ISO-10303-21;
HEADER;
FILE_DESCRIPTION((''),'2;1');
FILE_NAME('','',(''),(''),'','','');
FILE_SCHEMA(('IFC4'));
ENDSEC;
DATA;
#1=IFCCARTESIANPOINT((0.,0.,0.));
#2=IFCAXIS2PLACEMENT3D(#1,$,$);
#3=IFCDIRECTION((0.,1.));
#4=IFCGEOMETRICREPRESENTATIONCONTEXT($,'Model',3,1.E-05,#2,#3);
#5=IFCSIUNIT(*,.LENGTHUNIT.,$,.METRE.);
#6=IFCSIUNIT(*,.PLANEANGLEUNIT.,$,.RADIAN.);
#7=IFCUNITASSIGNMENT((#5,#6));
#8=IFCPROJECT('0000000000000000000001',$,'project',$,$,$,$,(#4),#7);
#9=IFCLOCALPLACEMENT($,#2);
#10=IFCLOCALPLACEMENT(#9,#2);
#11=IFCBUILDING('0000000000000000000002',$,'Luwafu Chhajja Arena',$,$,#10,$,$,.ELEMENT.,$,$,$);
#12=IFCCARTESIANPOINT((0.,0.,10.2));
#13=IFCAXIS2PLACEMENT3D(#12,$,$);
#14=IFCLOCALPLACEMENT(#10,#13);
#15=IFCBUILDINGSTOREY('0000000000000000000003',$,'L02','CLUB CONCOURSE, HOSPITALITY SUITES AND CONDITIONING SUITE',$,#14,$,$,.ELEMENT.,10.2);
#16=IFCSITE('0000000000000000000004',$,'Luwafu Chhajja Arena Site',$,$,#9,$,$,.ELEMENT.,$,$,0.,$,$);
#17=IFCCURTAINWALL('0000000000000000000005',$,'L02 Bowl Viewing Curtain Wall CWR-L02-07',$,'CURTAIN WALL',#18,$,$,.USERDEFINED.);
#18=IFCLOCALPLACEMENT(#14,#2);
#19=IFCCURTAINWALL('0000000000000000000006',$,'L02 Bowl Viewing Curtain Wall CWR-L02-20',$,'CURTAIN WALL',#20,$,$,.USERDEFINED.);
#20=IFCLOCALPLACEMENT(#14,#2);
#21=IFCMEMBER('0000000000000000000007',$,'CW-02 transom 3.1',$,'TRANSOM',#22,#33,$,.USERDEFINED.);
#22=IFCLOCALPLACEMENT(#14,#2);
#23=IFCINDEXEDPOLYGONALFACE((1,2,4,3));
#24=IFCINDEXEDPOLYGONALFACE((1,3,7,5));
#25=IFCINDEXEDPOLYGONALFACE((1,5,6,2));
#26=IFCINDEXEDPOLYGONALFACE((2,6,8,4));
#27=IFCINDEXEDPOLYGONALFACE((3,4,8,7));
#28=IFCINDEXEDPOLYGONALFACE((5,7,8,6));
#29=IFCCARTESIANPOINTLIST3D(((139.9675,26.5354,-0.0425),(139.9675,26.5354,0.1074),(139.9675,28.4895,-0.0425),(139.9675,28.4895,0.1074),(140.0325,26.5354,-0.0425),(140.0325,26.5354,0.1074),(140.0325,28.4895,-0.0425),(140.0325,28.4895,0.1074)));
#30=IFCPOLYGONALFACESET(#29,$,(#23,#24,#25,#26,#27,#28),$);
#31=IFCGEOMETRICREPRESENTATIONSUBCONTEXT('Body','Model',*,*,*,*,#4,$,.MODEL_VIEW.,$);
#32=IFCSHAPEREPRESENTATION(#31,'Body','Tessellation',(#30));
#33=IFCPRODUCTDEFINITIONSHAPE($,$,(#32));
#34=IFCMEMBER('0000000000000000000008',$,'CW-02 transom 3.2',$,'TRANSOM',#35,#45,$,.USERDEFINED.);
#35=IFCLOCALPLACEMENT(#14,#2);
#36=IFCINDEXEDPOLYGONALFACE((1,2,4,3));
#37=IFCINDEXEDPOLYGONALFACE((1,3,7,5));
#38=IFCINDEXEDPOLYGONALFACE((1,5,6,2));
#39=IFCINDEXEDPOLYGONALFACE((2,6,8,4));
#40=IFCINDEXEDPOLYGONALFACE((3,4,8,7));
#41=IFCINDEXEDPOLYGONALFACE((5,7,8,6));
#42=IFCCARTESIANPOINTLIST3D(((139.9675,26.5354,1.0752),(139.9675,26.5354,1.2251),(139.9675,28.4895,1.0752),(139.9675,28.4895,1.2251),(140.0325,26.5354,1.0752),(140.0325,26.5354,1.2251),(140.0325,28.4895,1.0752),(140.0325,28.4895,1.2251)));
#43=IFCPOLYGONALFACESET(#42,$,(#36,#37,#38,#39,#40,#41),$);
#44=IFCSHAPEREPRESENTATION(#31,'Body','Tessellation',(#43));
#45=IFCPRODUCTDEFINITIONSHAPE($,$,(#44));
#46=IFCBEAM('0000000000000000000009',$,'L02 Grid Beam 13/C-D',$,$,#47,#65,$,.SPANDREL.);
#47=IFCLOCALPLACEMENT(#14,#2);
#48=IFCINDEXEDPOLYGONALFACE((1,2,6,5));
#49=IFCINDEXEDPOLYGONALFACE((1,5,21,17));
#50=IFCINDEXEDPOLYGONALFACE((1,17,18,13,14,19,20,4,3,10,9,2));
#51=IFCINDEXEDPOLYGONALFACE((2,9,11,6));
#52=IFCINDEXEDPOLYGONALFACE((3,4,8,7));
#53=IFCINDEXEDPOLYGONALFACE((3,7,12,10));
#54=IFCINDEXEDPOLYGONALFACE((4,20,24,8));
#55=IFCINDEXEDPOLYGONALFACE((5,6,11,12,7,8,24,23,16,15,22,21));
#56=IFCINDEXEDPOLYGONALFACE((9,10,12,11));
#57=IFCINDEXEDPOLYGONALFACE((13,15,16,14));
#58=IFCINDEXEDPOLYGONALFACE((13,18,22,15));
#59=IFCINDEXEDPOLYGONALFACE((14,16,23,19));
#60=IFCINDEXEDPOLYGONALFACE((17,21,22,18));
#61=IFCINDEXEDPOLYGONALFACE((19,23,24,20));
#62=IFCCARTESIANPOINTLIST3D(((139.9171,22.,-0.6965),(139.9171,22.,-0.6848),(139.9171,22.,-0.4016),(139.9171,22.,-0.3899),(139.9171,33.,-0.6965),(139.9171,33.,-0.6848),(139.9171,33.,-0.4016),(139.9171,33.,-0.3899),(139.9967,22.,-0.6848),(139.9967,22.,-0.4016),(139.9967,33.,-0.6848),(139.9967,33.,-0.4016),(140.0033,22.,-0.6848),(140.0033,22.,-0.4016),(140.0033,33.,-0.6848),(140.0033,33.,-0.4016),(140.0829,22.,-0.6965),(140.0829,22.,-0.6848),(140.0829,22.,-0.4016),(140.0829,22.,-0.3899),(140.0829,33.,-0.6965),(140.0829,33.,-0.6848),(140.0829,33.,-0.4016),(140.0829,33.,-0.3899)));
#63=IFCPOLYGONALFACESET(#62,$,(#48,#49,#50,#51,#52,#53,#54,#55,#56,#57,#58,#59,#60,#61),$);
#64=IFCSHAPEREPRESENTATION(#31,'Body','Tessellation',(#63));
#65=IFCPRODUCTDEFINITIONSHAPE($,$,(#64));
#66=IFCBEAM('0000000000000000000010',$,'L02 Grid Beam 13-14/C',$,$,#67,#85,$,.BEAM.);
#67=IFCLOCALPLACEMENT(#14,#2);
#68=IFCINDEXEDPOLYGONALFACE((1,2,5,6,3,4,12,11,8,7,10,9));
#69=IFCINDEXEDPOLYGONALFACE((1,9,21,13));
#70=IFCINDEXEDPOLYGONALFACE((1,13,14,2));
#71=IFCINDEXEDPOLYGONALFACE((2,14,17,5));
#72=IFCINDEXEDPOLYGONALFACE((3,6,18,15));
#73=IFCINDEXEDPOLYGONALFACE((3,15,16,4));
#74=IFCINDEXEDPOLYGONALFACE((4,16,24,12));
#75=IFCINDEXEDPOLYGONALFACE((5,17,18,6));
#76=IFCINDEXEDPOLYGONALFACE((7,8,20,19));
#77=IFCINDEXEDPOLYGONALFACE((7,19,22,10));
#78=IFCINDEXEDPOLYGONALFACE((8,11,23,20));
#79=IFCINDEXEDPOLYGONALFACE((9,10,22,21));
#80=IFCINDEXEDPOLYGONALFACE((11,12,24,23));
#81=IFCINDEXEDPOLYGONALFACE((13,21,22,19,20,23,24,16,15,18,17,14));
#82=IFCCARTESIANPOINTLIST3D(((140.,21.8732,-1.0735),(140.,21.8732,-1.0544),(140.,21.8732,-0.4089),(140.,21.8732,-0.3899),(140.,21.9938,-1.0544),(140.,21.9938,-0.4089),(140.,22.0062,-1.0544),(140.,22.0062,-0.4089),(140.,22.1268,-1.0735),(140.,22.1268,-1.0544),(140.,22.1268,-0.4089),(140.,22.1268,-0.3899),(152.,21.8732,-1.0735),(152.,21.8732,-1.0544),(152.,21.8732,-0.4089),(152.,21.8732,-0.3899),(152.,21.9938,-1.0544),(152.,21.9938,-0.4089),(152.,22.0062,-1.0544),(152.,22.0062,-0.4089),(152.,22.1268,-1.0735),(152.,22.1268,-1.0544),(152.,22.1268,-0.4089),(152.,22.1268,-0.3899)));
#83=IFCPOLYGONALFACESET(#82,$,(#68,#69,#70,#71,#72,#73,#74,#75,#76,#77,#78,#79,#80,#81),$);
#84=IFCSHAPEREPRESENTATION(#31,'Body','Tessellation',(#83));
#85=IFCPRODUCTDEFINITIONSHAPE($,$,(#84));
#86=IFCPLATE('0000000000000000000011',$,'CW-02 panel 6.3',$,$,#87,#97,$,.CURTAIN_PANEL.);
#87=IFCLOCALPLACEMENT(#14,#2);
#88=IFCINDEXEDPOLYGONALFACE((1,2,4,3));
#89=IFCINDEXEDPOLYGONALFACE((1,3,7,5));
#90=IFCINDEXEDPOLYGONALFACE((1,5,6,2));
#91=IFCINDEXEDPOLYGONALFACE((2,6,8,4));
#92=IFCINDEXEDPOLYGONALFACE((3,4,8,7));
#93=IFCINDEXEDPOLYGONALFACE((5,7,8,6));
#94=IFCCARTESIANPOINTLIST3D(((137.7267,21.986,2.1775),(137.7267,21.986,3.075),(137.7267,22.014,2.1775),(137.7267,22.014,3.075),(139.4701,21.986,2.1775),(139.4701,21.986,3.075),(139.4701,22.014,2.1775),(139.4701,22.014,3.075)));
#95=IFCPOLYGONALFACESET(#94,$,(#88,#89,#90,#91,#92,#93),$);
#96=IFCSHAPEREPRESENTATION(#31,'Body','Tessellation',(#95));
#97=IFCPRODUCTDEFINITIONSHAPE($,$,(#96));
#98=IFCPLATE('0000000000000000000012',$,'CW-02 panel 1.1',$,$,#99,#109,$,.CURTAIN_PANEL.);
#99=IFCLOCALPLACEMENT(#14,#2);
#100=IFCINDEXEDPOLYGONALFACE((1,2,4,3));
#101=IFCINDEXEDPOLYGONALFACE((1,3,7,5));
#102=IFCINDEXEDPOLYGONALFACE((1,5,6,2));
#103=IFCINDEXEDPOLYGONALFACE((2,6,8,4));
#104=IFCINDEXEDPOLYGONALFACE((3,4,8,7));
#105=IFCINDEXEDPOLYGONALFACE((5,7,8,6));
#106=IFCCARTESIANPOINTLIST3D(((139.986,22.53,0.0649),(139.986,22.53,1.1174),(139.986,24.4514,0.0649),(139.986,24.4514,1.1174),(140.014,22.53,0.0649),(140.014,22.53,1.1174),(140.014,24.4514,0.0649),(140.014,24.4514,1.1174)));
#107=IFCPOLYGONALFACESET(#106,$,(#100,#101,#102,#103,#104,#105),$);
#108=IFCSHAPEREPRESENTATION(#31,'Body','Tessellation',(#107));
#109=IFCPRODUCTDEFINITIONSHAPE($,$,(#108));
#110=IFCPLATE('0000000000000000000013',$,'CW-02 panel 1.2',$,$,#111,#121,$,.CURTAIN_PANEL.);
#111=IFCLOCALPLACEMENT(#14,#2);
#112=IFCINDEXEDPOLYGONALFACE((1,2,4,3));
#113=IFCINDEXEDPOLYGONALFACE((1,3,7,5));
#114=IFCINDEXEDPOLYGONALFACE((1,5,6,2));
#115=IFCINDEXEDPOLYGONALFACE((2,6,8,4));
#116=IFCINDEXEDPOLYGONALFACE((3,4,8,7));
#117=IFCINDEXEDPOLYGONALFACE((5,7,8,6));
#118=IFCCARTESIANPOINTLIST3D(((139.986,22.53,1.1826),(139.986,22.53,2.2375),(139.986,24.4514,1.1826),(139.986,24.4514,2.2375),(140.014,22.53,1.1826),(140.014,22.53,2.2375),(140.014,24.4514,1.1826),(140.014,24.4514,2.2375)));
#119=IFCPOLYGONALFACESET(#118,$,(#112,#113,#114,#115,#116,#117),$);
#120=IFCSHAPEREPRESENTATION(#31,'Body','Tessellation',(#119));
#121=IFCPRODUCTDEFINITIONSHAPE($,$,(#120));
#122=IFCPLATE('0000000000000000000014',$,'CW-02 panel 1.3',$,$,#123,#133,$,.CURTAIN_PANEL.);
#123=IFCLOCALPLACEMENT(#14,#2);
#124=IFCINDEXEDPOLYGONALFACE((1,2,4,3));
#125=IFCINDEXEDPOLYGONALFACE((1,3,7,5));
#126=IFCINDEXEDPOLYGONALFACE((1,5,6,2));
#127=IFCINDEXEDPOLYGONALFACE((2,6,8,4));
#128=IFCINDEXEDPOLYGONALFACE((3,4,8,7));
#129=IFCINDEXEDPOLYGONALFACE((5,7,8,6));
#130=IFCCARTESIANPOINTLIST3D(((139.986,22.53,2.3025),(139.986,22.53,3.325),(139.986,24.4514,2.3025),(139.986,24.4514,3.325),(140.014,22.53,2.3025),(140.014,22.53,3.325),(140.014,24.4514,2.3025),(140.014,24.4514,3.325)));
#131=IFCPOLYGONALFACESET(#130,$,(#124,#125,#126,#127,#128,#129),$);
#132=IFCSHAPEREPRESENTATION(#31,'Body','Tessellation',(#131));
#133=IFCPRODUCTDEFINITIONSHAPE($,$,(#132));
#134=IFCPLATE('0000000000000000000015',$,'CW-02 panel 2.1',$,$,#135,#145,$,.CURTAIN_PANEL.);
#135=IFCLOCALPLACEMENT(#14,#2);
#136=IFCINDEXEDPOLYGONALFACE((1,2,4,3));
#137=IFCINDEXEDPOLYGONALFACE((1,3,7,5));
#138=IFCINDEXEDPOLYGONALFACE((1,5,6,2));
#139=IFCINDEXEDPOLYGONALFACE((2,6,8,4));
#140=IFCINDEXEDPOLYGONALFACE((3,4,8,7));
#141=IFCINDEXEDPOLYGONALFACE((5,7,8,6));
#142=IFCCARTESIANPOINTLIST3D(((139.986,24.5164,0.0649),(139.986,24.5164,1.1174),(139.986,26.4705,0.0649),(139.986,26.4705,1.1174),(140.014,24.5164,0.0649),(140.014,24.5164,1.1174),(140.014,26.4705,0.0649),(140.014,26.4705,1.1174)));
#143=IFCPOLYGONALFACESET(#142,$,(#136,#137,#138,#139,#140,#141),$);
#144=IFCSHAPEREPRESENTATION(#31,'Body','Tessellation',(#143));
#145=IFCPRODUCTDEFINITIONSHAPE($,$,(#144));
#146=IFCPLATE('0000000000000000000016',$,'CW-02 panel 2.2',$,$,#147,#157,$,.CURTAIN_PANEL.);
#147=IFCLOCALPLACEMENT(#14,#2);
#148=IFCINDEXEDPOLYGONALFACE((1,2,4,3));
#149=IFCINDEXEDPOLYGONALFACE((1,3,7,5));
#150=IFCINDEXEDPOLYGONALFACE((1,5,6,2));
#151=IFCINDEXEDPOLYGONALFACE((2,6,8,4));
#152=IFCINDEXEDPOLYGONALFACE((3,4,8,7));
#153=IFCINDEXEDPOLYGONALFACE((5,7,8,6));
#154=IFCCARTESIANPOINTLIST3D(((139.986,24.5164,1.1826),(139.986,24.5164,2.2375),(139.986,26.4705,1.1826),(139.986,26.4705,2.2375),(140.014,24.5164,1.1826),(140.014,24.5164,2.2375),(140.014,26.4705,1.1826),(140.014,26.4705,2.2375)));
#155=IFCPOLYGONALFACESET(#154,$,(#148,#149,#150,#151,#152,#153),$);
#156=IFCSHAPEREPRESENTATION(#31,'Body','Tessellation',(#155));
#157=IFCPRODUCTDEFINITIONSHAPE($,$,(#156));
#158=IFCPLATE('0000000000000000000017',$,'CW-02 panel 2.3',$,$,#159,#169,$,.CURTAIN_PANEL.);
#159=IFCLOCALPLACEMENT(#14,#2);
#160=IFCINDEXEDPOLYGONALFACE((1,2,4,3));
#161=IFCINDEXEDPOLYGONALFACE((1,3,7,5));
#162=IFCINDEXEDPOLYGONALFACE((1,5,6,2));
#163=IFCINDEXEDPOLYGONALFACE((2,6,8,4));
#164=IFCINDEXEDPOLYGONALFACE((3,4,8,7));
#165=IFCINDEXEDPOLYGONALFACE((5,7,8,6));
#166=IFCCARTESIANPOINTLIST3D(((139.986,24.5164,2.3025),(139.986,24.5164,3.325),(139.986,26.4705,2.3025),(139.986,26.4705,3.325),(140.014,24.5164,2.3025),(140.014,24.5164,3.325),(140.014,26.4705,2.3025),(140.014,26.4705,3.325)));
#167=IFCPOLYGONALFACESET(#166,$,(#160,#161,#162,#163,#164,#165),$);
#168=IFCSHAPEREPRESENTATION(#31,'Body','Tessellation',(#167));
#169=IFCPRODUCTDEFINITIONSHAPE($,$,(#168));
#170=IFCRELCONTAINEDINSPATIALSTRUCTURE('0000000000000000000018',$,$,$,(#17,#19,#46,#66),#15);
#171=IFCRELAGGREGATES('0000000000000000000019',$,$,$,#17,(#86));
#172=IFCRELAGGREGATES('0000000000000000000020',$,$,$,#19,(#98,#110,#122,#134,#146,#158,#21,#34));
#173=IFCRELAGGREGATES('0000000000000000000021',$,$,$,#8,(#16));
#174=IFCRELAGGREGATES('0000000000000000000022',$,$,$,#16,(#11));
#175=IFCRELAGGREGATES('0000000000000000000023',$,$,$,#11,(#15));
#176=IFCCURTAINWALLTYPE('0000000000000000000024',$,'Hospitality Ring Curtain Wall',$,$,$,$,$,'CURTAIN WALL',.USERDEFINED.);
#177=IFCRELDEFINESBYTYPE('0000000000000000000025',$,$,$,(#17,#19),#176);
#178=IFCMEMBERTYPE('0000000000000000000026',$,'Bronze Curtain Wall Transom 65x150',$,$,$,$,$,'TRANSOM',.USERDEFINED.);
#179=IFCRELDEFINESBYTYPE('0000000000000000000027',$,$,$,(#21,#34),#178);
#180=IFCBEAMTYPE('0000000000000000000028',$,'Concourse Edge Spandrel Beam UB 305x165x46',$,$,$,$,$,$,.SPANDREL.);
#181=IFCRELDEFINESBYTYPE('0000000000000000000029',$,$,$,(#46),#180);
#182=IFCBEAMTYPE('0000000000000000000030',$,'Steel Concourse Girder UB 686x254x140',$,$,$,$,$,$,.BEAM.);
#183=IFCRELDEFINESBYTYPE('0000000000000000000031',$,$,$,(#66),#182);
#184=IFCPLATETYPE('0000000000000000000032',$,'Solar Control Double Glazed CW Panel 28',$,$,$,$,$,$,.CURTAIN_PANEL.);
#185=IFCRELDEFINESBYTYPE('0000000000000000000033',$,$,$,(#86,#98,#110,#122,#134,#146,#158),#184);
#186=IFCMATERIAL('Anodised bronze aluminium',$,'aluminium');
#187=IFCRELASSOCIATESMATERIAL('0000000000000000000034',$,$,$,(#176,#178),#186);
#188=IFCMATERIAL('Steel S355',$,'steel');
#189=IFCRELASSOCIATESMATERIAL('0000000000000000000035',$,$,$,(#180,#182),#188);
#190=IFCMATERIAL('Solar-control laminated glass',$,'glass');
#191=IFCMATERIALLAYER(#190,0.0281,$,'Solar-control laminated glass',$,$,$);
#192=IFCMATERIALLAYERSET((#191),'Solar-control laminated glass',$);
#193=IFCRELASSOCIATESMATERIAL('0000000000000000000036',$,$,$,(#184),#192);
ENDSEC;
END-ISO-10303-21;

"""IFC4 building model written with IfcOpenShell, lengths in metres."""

from ifc_helpers import new_model, si_unit, direction, frame, origin, origin_2d, place, context, subcontext, project, spatial, rectangle, i_section, extrude, material, layer, layer_set, material_profile, profile_set, type_object, element, aggregate, save


model = new_model("IFC4")

# Units and contexts
model_context = context("Model", 3, precision=1e-05, world=origin(), true_north=direction((0.0, 1.0)))
body_context = subcontext(model_context, "Body", "Model", "MODEL_VIEW")
ifc_project = project(units=[si_unit("LENGTHUNIT", "METRE"), si_unit("PLANEANGLEUNIT", "RADIAN")], contexts=[model_context])

# Site, building, storey
site_placement = place(None, origin())
site = spatial("IfcSite", under=ifc_project, at=site_placement, Name="Luwafu Chhajja Arena Site", CompositionType="ELEMENT", RefElevation=0.0)
building_placement = place(site_placement, origin())
building = spatial("IfcBuilding", under=site, at=building_placement, Name="Luwafu Chhajja Arena", CompositionType="ELEMENT")
storey_placement = place(building_placement, frame((0.0, 0.0, 10.2)))
storey = spatial("IfcBuildingStorey", under=building, at=storey_placement, Name="L02", Description="CLUB CONCOURSE, HOSPITALITY SUITES AND CONDITIONING SUITE", CompositionType="ELEMENT", Elevation=10.2)

# Shared definitions
ifc_material_1 = material(Name="Steel S355", Category="steel")

# Curtain wall
ifc_material_2 = material(Name="Anodised bronze aluminium", Category="aluminium")
curtain_wall_type = type_object("IfcCurtainWallType", Name="Hospitality Ring Curtain Wall", ElementType="CURTAIN WALL", PredefinedType="USERDEFINED", material=ifc_material_2)
curtain_wall_1_placement = place(storey_placement, origin())
curtain_wall_1 = element("IfcCurtainWall", 1, at=curtain_wall_1_placement, inside=storey, type_object=curtain_wall_type, Name="L02 Bowl Viewing Curtain Wall CWR-L02-07", ObjectType="CURTAIN WALL", PredefinedType="USERDEFINED")

# Curtain wall, members
curtain_wall_2_placement = place(storey_placement, origin())
curtain_wall_2 = element("IfcCurtainWall", 2, at=curtain_wall_2_placement, inside=storey, type_object=curtain_wall_type, Name="L02 Bowl Viewing Curtain Wall CWR-L02-20", ObjectType="CURTAIN WALL", PredefinedType="USERDEFINED")
ifc_material_profile_1 = material_profile(ifc_material_2, rectangle(XDim=0.0649, YDim=0.1499, at=origin_2d()), Name="CWT 65x150")
ifc_profile_set_1 = profile_set([ifc_material_profile_1], Name="Anodised bronze aluminium")
member_type_1 = type_object("IfcMemberType", Name="Bronze Curtain Wall Transom 65x150", ElementType="TRANSOM", PredefinedType="USERDEFINED", material=ifc_profile_set_1)
member_1_placement = place(storey_placement, frame((140.0, 26.5354, 0.0325), z_axis=(0.0, 1.0, 0.0), x_axis=(-1.0, 0.0, 0.0)))
member_1 = element("IfcMember", 3, at=member_1_placement, type_object=member_type_1, Name="CW-02 transom 3.1", ObjectType="TRANSOM", PredefinedType="USERDEFINED", context=body_context, shape_type="SweptSolid", body=[
    extrude(rectangle(XDim=0.0649, YDim=0.1499, at=origin_2d()), origin(), (0.0, 0.0, 1.0), 1.9541),
])
member_2_placement = place(storey_placement, frame((140.0, 26.5354, 1.1501), z_axis=(0.0, 1.0, 0.0), x_axis=(-1.0, 0.0, 0.0)))
member_2 = element("IfcMember", 4, at=member_2_placement, type_object=member_type_1, Name="CW-02 transom 3.2", ObjectType="TRANSOM", PredefinedType="USERDEFINED", context=body_context, shape_type="SweptSolid", body=[
    extrude(rectangle(XDim=0.0649, YDim=0.1499, at=origin_2d()), origin(), (0.0, 0.0, 1.0), 1.9541),
])

# Beams
ifc_material_profile_2 = material_profile(ifc_material_1, i_section(OverallWidth=0.1658, OverallDepth=0.3066, WebThickness=0.0066, FlangeThickness=0.0117, at=origin_2d()), Name="UB 305x165x46")
ifc_profile_set_2 = profile_set([ifc_material_profile_2], Name="Steel S355")
beam_type_1 = type_object("IfcBeamType", Name="Concourse Edge Spandrel Beam UB 305x165x46", PredefinedType="SPANDREL", material=ifc_profile_set_2)
beam_1_placement = place(storey_placement, frame((140.0, 22.0, -0.5432), z_axis=(0.0, 1.0, 0.0), x_axis=(-1.0, 0.0, 0.0)))
element("IfcBeam", 5, at=beam_1_placement, inside=storey, type_object=beam_type_1, Name="L02 Grid Beam 13/C-D", PredefinedType="SPANDREL", context=body_context, shape_type="SweptSolid", body=[
    extrude(i_section(OverallWidth=0.1658, OverallDepth=0.3066, WebThickness=0.0066, FlangeThickness=0.0117, at=origin_2d()), origin(), (0.0, 0.0, 1.0), 11.0),
])
ifc_material_profile_3 = material_profile(ifc_material_1, i_section(OverallWidth=0.2537, OverallDepth=0.6836, WebThickness=0.0125, FlangeThickness=0.019, at=origin_2d()), Name="UB 686x254x140")
ifc_profile_set_3 = profile_set([ifc_material_profile_3], Name="Steel S355")
beam_type_2 = type_object("IfcBeamType", Name="Steel Concourse Girder UB 686x254x140", PredefinedType="BEAM", material=ifc_profile_set_3)
beam_2_placement = place(storey_placement, frame((140.0, 22.0, -0.7317), z_axis=(1.0, 0.0, 0.0), x_axis=(0.0, 1.0, 0.0)))
element("IfcBeam", 6, at=beam_2_placement, inside=storey, type_object=beam_type_2, Name="L02 Grid Beam 13-14/C", PredefinedType="BEAM", context=body_context, shape_type="SweptSolid", body=[
    extrude(i_section(OverallWidth=0.2537, OverallDepth=0.6836, WebThickness=0.0125, FlangeThickness=0.019, at=origin_2d()), origin(), (0.0, 0.0, 1.0), 12.0),
])

# Plates
ifc_material_3 = material(Name="Solar-control laminated glass", Category="glass")
ifc_layer = layer(ifc_material_3, 0.0281, Name="Solar-control laminated glass")
ifc_layer_set = layer_set([ifc_layer], Name="Solar-control laminated glass")
plate_type = type_object("IfcPlateType", Name="Solar Control Double Glazed CW Panel 28", PredefinedType="CURTAIN_PANEL", material=ifc_layer_set)
plate_1_placement = place(storey_placement, frame((138.5984, 22.0, 2.1775), z_axis=(0.0, 0.0, 1.0), x_axis=(1.0, 0.0, 0.0)))
plate_1 = element("IfcPlate", 7, at=plate_1_placement, type_object=plate_type, Name="CW-02 panel 6.3", PredefinedType="CURTAIN_PANEL", context=body_context, shape_type="SweptSolid", body=[
    extrude(rectangle(XDim=1.7434, YDim=0.0281, at=origin_2d()), origin(), (0.0, 0.0, 1.0), 0.8975),
])
aggregate(curtain_wall_1, [plate_1])
plate_2_placement = place(storey_placement, frame((140.0, 23.4907, 0.0649), z_axis=(0.0, 0.0, 1.0), x_axis=(0.0, 1.0, 0.0)))
plate_2 = element("IfcPlate", 8, at=plate_2_placement, type_object=plate_type, Name="CW-02 panel 1.1", PredefinedType="CURTAIN_PANEL", context=body_context, shape_type="SweptSolid", body=[
    extrude(rectangle(XDim=1.9214, YDim=0.0281, at=origin_2d()), origin(), (0.0, 0.0, 1.0), 1.0525),
])
plate_3_placement = place(storey_placement, frame((140.0, 23.4907, 1.1826), z_axis=(0.0, 0.0, 1.0), x_axis=(0.0, 1.0, 0.0)))
plate_3 = element("IfcPlate", 9, at=plate_3_placement, type_object=plate_type, Name="CW-02 panel 1.2", PredefinedType="CURTAIN_PANEL", context=body_context, shape_type="SweptSolid", body=[
    extrude(rectangle(XDim=1.9214, YDim=0.0281, at=origin_2d()), origin(), (0.0, 0.0, 1.0), 1.0549),
])
plate_4_placement = place(storey_placement, frame((140.0, 23.4907, 2.3025), z_axis=(0.0, 0.0, 1.0), x_axis=(0.0, 1.0, 0.0)))
plate_4 = element("IfcPlate", 10, at=plate_4_placement, type_object=plate_type, Name="CW-02 panel 1.3", PredefinedType="CURTAIN_PANEL", context=body_context, shape_type="SweptSolid", body=[
    extrude(rectangle(XDim=1.9214, YDim=0.0281, at=origin_2d()), origin(), (0.0, 0.0, 1.0), 1.0225),
])
plate_5_placement = place(storey_placement, frame((140.0, 25.4934, 0.0649), z_axis=(0.0, 0.0, 1.0), x_axis=(0.0, 1.0, 0.0)))
plate_5 = element("IfcPlate", 11, at=plate_5_placement, type_object=plate_type, Name="CW-02 panel 2.1", PredefinedType="CURTAIN_PANEL", context=body_context, shape_type="SweptSolid", body=[
    extrude(rectangle(XDim=1.9541, YDim=0.0281, at=origin_2d()), origin(), (0.0, 0.0, 1.0), 1.0525),
])
plate_6_placement = place(storey_placement, frame((140.0, 25.4934, 1.1826), z_axis=(0.0, 0.0, 1.0), x_axis=(0.0, 1.0, 0.0)))
plate_6 = element("IfcPlate", 12, at=plate_6_placement, type_object=plate_type, Name="CW-02 panel 2.2", PredefinedType="CURTAIN_PANEL", context=body_context, shape_type="SweptSolid", body=[
    extrude(rectangle(XDim=1.9541, YDim=0.0281, at=origin_2d()), origin(), (0.0, 0.0, 1.0), 1.0549),
])
plate_7_placement = place(storey_placement, frame((140.0, 25.4934, 2.3025), z_axis=(0.0, 0.0, 1.0), x_axis=(0.0, 1.0, 0.0)))
plate_7 = element("IfcPlate", 13, at=plate_7_placement, type_object=plate_type, Name="CW-02 panel 2.3", PredefinedType="CURTAIN_PANEL", context=body_context, shape_type="SweptSolid", body=[
    extrude(rectangle(XDim=1.9541, YDim=0.0281, at=origin_2d()), origin(), (0.0, 0.0, 1.0), 1.0225),
])
aggregate(curtain_wall_2, [plate_2, plate_3, plate_4, plate_5, plate_6, plate_7, member_1, member_2])

save(model, "model.ifc")
